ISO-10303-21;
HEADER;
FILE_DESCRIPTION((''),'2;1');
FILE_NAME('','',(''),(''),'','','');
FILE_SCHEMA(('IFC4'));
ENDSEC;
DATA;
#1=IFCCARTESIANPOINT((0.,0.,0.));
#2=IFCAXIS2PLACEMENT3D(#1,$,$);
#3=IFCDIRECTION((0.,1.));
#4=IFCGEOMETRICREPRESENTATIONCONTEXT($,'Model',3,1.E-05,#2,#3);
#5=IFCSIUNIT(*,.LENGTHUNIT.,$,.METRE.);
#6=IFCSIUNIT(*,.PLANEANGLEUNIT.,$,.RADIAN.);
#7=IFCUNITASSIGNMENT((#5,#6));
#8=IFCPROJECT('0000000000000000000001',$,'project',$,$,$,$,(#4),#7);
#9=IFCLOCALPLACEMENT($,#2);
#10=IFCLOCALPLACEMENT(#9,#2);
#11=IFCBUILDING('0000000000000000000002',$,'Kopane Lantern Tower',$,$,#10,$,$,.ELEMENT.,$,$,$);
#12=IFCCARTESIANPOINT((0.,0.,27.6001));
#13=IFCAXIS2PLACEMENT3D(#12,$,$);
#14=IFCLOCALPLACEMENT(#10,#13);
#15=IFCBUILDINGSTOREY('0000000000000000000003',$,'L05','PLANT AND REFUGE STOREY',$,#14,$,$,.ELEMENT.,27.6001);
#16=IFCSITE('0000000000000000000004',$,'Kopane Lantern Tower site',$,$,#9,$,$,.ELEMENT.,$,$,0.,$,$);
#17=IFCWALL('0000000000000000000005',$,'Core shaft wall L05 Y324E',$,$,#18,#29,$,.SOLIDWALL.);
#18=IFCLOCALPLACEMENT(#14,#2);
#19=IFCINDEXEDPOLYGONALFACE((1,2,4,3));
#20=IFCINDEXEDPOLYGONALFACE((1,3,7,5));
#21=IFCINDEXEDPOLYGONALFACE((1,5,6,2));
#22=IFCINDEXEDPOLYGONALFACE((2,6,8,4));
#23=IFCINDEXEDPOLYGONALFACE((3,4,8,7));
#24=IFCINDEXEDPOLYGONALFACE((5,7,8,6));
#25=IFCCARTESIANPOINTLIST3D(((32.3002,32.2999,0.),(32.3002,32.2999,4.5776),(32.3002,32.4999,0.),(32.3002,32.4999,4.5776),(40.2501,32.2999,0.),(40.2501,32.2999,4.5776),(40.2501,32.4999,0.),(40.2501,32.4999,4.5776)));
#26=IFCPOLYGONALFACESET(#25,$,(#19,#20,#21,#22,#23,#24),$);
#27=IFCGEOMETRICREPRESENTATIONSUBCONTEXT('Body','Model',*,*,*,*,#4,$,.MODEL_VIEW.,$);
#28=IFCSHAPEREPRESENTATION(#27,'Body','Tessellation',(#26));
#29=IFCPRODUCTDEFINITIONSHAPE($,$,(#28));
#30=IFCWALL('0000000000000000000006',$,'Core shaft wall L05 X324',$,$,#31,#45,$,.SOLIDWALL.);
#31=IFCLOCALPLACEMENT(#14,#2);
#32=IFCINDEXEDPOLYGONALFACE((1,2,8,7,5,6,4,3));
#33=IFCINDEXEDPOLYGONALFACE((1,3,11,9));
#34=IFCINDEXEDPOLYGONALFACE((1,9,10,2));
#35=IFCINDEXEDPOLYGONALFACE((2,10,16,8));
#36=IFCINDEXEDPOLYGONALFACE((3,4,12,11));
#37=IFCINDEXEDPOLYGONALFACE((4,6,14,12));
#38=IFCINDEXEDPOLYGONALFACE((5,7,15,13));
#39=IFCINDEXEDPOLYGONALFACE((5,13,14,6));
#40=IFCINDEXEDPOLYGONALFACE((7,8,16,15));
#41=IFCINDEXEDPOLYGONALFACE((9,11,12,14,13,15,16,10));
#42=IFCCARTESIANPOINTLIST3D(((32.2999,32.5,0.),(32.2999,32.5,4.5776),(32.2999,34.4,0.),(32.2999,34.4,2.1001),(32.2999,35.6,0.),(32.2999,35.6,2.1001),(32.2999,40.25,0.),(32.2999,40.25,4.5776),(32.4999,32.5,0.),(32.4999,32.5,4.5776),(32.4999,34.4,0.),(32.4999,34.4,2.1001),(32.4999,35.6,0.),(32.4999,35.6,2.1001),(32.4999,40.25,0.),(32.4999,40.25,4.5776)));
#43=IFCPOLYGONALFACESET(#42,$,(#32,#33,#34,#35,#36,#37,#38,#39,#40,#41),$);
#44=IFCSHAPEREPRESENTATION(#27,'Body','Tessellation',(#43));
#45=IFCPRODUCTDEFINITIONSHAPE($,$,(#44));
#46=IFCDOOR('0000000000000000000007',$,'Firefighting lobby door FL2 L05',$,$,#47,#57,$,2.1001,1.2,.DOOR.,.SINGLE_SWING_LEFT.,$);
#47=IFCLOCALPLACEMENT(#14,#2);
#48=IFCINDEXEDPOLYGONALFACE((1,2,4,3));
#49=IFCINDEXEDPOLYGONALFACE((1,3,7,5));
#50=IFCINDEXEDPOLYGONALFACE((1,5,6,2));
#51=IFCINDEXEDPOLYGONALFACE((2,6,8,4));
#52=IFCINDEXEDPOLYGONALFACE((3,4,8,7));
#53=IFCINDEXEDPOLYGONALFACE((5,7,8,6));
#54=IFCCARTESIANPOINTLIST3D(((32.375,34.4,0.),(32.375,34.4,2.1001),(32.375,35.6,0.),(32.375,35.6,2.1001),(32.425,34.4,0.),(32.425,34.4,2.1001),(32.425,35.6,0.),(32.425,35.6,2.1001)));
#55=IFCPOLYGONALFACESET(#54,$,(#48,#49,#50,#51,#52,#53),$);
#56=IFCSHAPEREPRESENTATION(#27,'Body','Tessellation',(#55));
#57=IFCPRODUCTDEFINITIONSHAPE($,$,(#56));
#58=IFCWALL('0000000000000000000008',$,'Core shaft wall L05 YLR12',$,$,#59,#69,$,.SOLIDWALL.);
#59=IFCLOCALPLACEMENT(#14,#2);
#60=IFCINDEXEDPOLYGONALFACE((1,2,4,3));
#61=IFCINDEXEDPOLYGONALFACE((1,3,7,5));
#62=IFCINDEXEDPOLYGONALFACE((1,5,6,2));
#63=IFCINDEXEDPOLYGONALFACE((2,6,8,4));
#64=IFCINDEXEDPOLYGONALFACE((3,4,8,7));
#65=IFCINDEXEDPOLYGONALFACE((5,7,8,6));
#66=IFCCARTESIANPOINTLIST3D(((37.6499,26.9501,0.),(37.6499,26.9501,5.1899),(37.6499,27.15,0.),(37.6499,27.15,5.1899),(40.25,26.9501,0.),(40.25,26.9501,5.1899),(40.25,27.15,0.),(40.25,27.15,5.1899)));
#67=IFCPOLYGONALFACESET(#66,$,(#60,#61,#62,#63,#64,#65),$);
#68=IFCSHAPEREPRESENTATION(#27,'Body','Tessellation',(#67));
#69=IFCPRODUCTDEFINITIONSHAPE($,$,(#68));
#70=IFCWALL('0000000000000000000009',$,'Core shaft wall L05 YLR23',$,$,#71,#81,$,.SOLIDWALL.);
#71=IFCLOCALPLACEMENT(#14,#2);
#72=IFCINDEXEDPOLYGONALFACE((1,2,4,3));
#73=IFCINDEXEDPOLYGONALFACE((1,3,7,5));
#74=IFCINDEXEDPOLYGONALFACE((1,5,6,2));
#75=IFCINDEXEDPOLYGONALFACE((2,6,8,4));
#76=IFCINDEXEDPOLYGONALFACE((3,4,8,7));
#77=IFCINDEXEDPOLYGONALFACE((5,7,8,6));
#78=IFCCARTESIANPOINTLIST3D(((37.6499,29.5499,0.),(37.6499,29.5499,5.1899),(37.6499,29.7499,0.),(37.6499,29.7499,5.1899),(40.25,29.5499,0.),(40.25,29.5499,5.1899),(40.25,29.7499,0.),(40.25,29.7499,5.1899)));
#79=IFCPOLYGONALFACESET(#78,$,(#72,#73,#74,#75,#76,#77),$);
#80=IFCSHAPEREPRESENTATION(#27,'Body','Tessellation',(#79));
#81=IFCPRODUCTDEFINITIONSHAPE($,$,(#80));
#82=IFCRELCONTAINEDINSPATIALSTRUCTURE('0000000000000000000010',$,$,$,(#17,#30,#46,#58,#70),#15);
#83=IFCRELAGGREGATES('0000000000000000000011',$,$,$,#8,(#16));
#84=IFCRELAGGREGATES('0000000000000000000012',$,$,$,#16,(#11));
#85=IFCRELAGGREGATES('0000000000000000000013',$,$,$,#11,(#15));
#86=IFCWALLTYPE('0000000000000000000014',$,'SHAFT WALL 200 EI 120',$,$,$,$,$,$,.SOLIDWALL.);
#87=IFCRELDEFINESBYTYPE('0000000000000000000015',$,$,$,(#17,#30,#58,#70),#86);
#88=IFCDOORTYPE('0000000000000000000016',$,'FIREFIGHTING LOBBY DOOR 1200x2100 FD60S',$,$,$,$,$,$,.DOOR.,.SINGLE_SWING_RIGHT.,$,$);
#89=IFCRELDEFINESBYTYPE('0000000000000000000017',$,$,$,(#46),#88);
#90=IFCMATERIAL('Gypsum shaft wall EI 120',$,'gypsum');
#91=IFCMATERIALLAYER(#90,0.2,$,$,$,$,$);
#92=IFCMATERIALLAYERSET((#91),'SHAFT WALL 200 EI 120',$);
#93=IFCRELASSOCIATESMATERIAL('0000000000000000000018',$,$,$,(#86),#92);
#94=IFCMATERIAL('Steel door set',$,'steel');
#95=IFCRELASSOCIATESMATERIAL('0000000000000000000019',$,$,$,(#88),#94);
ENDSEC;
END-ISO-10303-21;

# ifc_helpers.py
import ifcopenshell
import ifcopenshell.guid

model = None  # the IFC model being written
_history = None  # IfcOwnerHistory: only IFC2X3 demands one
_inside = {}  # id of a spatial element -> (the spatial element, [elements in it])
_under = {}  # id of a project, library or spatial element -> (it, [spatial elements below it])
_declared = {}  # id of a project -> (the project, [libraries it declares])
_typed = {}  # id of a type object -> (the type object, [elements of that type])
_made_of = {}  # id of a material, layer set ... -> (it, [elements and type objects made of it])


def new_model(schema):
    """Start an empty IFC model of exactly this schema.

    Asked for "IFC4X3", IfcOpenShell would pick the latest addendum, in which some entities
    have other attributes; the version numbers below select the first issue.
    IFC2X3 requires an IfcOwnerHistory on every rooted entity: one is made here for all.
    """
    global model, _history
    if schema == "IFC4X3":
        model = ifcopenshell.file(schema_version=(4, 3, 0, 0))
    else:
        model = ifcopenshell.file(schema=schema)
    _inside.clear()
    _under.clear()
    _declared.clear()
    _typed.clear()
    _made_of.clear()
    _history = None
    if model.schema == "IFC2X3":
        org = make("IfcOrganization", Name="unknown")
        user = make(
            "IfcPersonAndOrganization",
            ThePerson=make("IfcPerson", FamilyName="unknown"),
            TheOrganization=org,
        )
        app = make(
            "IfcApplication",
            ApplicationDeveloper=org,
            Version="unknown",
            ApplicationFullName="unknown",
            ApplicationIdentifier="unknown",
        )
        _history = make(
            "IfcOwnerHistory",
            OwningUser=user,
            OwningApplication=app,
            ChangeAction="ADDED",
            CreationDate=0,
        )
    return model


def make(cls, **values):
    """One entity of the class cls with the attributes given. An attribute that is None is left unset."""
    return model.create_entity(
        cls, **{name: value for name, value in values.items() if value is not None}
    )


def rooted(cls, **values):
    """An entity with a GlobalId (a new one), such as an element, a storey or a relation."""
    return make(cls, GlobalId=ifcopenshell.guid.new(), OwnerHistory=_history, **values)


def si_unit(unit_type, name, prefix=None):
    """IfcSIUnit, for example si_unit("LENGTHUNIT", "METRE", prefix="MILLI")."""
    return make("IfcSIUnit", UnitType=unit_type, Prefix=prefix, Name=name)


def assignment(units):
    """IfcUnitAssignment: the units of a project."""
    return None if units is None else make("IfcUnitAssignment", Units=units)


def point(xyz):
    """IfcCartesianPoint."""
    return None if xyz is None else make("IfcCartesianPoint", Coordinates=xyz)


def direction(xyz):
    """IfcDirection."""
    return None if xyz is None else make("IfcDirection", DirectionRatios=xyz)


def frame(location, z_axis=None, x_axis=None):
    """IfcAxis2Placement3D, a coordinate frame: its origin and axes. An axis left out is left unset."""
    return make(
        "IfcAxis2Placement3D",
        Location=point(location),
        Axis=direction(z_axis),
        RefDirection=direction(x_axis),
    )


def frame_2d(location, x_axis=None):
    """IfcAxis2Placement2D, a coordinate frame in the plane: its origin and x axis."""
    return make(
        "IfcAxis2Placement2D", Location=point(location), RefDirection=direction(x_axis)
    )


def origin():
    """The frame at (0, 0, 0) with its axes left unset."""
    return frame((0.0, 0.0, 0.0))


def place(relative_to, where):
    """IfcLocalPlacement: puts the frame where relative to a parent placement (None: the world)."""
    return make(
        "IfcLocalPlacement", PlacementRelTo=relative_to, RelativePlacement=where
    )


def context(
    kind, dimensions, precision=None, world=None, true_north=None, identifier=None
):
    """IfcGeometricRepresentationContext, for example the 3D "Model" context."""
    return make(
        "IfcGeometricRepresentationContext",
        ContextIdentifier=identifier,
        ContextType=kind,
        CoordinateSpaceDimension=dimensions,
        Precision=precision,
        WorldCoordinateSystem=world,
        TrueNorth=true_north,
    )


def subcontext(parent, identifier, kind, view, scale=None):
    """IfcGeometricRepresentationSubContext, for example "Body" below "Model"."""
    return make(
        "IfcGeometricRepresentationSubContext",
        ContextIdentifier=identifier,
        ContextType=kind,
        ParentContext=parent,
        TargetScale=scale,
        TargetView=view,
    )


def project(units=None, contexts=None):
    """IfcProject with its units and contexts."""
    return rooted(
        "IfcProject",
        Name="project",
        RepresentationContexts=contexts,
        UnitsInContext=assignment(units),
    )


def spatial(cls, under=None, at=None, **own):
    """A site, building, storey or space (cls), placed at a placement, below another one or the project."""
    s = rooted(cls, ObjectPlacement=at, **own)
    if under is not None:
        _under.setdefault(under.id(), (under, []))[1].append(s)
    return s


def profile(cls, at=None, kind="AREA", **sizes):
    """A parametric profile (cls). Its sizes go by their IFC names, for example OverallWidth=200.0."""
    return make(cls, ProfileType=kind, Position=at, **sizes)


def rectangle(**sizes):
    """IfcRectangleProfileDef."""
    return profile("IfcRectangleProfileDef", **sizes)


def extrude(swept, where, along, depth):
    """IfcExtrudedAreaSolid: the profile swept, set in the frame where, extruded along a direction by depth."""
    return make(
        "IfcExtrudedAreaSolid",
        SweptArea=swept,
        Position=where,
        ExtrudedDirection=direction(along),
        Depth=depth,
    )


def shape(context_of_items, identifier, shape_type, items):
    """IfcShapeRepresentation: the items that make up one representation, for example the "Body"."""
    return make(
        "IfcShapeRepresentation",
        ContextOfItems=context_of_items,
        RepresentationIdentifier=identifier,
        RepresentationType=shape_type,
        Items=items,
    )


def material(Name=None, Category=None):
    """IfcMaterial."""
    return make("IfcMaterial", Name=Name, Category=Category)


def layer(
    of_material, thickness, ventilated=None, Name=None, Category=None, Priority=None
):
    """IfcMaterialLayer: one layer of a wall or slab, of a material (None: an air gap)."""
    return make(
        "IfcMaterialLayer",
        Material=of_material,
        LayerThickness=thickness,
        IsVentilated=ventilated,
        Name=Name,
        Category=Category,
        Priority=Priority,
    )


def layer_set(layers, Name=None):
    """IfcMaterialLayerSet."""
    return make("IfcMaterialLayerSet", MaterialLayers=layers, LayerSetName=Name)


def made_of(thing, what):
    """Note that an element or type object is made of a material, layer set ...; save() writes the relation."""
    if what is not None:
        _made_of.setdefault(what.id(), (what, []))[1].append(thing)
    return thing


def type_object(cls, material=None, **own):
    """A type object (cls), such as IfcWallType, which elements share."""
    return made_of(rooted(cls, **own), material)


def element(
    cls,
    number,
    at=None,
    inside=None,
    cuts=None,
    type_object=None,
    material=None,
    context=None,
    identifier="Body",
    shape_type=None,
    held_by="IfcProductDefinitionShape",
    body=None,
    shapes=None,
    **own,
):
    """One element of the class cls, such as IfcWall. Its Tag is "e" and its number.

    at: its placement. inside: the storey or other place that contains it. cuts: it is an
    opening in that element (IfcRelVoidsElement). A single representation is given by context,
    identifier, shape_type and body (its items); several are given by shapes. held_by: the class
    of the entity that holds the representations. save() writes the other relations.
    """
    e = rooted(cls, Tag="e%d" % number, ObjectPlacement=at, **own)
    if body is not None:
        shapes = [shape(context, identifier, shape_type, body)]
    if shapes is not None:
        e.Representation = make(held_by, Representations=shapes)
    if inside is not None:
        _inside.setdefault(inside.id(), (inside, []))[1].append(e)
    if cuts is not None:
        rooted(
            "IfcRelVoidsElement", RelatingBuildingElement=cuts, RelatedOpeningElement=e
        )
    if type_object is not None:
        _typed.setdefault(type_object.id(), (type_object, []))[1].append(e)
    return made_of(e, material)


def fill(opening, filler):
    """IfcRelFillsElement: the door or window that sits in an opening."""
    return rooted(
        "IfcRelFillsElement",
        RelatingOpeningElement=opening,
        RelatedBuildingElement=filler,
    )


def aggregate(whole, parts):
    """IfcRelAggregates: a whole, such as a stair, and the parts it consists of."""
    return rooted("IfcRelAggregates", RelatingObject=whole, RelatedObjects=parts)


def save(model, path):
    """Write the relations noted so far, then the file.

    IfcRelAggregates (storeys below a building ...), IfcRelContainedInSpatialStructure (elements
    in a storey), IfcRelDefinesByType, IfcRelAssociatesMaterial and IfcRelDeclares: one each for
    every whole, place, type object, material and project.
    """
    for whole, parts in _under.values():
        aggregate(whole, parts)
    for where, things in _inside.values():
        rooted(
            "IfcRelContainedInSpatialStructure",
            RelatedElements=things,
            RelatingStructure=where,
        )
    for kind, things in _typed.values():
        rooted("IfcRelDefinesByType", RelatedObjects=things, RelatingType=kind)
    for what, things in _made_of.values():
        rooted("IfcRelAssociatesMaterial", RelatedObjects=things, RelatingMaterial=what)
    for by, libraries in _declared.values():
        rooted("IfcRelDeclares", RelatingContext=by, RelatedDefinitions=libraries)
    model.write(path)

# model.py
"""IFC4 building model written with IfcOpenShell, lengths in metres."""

from ifc_helpers import new_model, si_unit, direction, frame, frame_2d, origin, place, context, subcontext, project, spatial, rectangle, extrude, material, layer, layer_set, type_object, element, fill, save


model = new_model("IFC4")

# Units and contexts
model_context = context("Model", 3, precision=1e-05, world=origin(), true_north=direction((0.0, 1.0)))
body_context = subcontext(model_context, "Body", "Model", "MODEL_VIEW")
ifc_project = project(units=[si_unit("LENGTHUNIT", "METRE"), si_unit("PLANEANGLEUNIT", "RADIAN")], contexts=[model_context])

# Site, building, storey
site_placement = place(None, origin())
site = spatial("IfcSite", under=ifc_project, at=site_placement, Name="Kopane Lantern Tower site", CompositionType="ELEMENT", RefElevation=0.0)
building_placement = place(site_placement, origin())
building = spatial("IfcBuilding", under=site, at=building_placement, Name="Kopane Lantern Tower", CompositionType="ELEMENT")
storey_placement = place(building_placement, frame((0.0, 0.0, 27.6001)))
storey = spatial("IfcBuildingStorey", under=building, at=storey_placement, Name="L05", Description="PLANT AND REFUGE STOREY", CompositionType="ELEMENT", Elevation=27.6001)

# Shared definitions
ifc_material_1 = material(Name="Gypsum shaft wall EI 120", Category="gypsum")
ifc_layer_1 = layer(ifc_material_1, 0.2)
ifc_layer_set_1 = layer_set([ifc_layer_1], Name="SHAFT WALL 200 EI 120")
wall_type_1 = type_object("IfcWallType", Name="SHAFT WALL 200 EI 120", PredefinedType="SOLIDWALL", material=ifc_layer_set_1)

# Wall
wall_1_placement = place(storey_placement, frame((32.3, 32.3999, 0.0), z_axis=(0.0, 0.0, 1.0), x_axis=(1.0, 0.0, 0.0)))
element("IfcWall", 1, at=wall_1_placement, inside=storey, type_object=wall_type_1, Name="Core shaft wall L05 Y324E", PredefinedType="SOLIDWALL", context=body_context, shape_type="SweptSolid", body=[
    extrude(rectangle(XDim=7.95, YDim=0.2, at=frame_2d((3.9751, 0.0))), origin(), (0.0, 0.0, 1.0), 4.5776),
])

# Wall, opening, door
wall_2_placement = place(storey_placement, frame((32.3999, 32.5, 0.0), z_axis=(0.0, 0.0, 1.0), x_axis=(0.0, 1.0, 0.0)))
wall_2 = element("IfcWall", 2, at=wall_2_placement, inside=storey, type_object=wall_type_1, Name="Core shaft wall L05 X324", PredefinedType="SOLIDWALL", context=body_context, shape_type="SweptSolid", body=[
    extrude(rectangle(XDim=7.75, YDim=0.2, at=frame_2d((3.875, 0.0))), origin(), (0.0, 0.0, 1.0), 4.5776),
])
opening_1_placement = place(wall_2_placement, frame((1.8999, 0.0, 0.0)))
opening_1 = element("IfcOpeningElement", 3, at=opening_1_placement, cuts=wall_2, PredefinedType="OPENING", context=body_context, shape_type="SweptSolid", body=[
    extrude(rectangle(XDim=1.2, YDim=2.1001, at=frame_2d((0.6001, 1.05))), frame((0.0, 0.1099, 0.0), z_axis=(0.0, -1.0, 0.0), x_axis=(1.0, 0.0, 0.0)), (0.0, 0.0, 1.0), 0.22),
])
ifc_material_2 = material(Name="Steel door set", Category="steel")
door_type_1 = type_object("IfcDoorType", Name="FIREFIGHTING LOBBY DOOR 1200x2100 FD60S", OperationType="SINGLE_SWING_RIGHT", PredefinedType="DOOR", material=ifc_material_2)
door_1_placement = place(opening_1_placement, origin())
door_1 = element("IfcDoor", 4, at=door_1_placement, inside=storey, type_object=door_type_1, Name="Firefighting lobby door FL2 L05", OperationType="SINGLE_SWING_LEFT", OverallHeight=2.1001, OverallWidth=1.2, PredefinedType="DOOR", context=body_context, shape_type="SweptSolid", body=[
    extrude(rectangle(XDim=1.2, YDim=2.1001, at=frame_2d((0.6001, 1.05))), frame((0.0, 0.0249, 0.0), z_axis=(0.0, -1.0, 0.0), x_axis=(1.0, 0.0, 0.0)), (0.0, 0.0, 1.0), 0.05),
])
fill(opening_1, door_1)

# Walls
for number, where, z_axis, x_axis, name in (
    (5, (37.6499, 27.05, 0.0), (0.0, 0.0, 1.0), (1.0, 0.0, 0.0), "Core shaft wall L05 YLR12"),
    (6, (37.6499, 29.6499, 0.0), (0.0, 0.0, 1.0), (1.0, 0.0, 0.0), "Core shaft wall L05 YLR23"),
):
    element("IfcWall", number, at=place(storey_placement, frame(where, z_axis=z_axis, x_axis=x_axis)), inside=storey, type_object=wall_type_1, Name=name, PredefinedType="SOLIDWALL", context=body_context, shape_type="SweptSolid", body=[
        extrude(rectangle(XDim=2.6001, YDim=0.2, at=frame_2d((1.3, 0.0))), origin(), (0.0, 0.0, 1.0), 5.1899),
    ])

save(model, "model.ifc")
